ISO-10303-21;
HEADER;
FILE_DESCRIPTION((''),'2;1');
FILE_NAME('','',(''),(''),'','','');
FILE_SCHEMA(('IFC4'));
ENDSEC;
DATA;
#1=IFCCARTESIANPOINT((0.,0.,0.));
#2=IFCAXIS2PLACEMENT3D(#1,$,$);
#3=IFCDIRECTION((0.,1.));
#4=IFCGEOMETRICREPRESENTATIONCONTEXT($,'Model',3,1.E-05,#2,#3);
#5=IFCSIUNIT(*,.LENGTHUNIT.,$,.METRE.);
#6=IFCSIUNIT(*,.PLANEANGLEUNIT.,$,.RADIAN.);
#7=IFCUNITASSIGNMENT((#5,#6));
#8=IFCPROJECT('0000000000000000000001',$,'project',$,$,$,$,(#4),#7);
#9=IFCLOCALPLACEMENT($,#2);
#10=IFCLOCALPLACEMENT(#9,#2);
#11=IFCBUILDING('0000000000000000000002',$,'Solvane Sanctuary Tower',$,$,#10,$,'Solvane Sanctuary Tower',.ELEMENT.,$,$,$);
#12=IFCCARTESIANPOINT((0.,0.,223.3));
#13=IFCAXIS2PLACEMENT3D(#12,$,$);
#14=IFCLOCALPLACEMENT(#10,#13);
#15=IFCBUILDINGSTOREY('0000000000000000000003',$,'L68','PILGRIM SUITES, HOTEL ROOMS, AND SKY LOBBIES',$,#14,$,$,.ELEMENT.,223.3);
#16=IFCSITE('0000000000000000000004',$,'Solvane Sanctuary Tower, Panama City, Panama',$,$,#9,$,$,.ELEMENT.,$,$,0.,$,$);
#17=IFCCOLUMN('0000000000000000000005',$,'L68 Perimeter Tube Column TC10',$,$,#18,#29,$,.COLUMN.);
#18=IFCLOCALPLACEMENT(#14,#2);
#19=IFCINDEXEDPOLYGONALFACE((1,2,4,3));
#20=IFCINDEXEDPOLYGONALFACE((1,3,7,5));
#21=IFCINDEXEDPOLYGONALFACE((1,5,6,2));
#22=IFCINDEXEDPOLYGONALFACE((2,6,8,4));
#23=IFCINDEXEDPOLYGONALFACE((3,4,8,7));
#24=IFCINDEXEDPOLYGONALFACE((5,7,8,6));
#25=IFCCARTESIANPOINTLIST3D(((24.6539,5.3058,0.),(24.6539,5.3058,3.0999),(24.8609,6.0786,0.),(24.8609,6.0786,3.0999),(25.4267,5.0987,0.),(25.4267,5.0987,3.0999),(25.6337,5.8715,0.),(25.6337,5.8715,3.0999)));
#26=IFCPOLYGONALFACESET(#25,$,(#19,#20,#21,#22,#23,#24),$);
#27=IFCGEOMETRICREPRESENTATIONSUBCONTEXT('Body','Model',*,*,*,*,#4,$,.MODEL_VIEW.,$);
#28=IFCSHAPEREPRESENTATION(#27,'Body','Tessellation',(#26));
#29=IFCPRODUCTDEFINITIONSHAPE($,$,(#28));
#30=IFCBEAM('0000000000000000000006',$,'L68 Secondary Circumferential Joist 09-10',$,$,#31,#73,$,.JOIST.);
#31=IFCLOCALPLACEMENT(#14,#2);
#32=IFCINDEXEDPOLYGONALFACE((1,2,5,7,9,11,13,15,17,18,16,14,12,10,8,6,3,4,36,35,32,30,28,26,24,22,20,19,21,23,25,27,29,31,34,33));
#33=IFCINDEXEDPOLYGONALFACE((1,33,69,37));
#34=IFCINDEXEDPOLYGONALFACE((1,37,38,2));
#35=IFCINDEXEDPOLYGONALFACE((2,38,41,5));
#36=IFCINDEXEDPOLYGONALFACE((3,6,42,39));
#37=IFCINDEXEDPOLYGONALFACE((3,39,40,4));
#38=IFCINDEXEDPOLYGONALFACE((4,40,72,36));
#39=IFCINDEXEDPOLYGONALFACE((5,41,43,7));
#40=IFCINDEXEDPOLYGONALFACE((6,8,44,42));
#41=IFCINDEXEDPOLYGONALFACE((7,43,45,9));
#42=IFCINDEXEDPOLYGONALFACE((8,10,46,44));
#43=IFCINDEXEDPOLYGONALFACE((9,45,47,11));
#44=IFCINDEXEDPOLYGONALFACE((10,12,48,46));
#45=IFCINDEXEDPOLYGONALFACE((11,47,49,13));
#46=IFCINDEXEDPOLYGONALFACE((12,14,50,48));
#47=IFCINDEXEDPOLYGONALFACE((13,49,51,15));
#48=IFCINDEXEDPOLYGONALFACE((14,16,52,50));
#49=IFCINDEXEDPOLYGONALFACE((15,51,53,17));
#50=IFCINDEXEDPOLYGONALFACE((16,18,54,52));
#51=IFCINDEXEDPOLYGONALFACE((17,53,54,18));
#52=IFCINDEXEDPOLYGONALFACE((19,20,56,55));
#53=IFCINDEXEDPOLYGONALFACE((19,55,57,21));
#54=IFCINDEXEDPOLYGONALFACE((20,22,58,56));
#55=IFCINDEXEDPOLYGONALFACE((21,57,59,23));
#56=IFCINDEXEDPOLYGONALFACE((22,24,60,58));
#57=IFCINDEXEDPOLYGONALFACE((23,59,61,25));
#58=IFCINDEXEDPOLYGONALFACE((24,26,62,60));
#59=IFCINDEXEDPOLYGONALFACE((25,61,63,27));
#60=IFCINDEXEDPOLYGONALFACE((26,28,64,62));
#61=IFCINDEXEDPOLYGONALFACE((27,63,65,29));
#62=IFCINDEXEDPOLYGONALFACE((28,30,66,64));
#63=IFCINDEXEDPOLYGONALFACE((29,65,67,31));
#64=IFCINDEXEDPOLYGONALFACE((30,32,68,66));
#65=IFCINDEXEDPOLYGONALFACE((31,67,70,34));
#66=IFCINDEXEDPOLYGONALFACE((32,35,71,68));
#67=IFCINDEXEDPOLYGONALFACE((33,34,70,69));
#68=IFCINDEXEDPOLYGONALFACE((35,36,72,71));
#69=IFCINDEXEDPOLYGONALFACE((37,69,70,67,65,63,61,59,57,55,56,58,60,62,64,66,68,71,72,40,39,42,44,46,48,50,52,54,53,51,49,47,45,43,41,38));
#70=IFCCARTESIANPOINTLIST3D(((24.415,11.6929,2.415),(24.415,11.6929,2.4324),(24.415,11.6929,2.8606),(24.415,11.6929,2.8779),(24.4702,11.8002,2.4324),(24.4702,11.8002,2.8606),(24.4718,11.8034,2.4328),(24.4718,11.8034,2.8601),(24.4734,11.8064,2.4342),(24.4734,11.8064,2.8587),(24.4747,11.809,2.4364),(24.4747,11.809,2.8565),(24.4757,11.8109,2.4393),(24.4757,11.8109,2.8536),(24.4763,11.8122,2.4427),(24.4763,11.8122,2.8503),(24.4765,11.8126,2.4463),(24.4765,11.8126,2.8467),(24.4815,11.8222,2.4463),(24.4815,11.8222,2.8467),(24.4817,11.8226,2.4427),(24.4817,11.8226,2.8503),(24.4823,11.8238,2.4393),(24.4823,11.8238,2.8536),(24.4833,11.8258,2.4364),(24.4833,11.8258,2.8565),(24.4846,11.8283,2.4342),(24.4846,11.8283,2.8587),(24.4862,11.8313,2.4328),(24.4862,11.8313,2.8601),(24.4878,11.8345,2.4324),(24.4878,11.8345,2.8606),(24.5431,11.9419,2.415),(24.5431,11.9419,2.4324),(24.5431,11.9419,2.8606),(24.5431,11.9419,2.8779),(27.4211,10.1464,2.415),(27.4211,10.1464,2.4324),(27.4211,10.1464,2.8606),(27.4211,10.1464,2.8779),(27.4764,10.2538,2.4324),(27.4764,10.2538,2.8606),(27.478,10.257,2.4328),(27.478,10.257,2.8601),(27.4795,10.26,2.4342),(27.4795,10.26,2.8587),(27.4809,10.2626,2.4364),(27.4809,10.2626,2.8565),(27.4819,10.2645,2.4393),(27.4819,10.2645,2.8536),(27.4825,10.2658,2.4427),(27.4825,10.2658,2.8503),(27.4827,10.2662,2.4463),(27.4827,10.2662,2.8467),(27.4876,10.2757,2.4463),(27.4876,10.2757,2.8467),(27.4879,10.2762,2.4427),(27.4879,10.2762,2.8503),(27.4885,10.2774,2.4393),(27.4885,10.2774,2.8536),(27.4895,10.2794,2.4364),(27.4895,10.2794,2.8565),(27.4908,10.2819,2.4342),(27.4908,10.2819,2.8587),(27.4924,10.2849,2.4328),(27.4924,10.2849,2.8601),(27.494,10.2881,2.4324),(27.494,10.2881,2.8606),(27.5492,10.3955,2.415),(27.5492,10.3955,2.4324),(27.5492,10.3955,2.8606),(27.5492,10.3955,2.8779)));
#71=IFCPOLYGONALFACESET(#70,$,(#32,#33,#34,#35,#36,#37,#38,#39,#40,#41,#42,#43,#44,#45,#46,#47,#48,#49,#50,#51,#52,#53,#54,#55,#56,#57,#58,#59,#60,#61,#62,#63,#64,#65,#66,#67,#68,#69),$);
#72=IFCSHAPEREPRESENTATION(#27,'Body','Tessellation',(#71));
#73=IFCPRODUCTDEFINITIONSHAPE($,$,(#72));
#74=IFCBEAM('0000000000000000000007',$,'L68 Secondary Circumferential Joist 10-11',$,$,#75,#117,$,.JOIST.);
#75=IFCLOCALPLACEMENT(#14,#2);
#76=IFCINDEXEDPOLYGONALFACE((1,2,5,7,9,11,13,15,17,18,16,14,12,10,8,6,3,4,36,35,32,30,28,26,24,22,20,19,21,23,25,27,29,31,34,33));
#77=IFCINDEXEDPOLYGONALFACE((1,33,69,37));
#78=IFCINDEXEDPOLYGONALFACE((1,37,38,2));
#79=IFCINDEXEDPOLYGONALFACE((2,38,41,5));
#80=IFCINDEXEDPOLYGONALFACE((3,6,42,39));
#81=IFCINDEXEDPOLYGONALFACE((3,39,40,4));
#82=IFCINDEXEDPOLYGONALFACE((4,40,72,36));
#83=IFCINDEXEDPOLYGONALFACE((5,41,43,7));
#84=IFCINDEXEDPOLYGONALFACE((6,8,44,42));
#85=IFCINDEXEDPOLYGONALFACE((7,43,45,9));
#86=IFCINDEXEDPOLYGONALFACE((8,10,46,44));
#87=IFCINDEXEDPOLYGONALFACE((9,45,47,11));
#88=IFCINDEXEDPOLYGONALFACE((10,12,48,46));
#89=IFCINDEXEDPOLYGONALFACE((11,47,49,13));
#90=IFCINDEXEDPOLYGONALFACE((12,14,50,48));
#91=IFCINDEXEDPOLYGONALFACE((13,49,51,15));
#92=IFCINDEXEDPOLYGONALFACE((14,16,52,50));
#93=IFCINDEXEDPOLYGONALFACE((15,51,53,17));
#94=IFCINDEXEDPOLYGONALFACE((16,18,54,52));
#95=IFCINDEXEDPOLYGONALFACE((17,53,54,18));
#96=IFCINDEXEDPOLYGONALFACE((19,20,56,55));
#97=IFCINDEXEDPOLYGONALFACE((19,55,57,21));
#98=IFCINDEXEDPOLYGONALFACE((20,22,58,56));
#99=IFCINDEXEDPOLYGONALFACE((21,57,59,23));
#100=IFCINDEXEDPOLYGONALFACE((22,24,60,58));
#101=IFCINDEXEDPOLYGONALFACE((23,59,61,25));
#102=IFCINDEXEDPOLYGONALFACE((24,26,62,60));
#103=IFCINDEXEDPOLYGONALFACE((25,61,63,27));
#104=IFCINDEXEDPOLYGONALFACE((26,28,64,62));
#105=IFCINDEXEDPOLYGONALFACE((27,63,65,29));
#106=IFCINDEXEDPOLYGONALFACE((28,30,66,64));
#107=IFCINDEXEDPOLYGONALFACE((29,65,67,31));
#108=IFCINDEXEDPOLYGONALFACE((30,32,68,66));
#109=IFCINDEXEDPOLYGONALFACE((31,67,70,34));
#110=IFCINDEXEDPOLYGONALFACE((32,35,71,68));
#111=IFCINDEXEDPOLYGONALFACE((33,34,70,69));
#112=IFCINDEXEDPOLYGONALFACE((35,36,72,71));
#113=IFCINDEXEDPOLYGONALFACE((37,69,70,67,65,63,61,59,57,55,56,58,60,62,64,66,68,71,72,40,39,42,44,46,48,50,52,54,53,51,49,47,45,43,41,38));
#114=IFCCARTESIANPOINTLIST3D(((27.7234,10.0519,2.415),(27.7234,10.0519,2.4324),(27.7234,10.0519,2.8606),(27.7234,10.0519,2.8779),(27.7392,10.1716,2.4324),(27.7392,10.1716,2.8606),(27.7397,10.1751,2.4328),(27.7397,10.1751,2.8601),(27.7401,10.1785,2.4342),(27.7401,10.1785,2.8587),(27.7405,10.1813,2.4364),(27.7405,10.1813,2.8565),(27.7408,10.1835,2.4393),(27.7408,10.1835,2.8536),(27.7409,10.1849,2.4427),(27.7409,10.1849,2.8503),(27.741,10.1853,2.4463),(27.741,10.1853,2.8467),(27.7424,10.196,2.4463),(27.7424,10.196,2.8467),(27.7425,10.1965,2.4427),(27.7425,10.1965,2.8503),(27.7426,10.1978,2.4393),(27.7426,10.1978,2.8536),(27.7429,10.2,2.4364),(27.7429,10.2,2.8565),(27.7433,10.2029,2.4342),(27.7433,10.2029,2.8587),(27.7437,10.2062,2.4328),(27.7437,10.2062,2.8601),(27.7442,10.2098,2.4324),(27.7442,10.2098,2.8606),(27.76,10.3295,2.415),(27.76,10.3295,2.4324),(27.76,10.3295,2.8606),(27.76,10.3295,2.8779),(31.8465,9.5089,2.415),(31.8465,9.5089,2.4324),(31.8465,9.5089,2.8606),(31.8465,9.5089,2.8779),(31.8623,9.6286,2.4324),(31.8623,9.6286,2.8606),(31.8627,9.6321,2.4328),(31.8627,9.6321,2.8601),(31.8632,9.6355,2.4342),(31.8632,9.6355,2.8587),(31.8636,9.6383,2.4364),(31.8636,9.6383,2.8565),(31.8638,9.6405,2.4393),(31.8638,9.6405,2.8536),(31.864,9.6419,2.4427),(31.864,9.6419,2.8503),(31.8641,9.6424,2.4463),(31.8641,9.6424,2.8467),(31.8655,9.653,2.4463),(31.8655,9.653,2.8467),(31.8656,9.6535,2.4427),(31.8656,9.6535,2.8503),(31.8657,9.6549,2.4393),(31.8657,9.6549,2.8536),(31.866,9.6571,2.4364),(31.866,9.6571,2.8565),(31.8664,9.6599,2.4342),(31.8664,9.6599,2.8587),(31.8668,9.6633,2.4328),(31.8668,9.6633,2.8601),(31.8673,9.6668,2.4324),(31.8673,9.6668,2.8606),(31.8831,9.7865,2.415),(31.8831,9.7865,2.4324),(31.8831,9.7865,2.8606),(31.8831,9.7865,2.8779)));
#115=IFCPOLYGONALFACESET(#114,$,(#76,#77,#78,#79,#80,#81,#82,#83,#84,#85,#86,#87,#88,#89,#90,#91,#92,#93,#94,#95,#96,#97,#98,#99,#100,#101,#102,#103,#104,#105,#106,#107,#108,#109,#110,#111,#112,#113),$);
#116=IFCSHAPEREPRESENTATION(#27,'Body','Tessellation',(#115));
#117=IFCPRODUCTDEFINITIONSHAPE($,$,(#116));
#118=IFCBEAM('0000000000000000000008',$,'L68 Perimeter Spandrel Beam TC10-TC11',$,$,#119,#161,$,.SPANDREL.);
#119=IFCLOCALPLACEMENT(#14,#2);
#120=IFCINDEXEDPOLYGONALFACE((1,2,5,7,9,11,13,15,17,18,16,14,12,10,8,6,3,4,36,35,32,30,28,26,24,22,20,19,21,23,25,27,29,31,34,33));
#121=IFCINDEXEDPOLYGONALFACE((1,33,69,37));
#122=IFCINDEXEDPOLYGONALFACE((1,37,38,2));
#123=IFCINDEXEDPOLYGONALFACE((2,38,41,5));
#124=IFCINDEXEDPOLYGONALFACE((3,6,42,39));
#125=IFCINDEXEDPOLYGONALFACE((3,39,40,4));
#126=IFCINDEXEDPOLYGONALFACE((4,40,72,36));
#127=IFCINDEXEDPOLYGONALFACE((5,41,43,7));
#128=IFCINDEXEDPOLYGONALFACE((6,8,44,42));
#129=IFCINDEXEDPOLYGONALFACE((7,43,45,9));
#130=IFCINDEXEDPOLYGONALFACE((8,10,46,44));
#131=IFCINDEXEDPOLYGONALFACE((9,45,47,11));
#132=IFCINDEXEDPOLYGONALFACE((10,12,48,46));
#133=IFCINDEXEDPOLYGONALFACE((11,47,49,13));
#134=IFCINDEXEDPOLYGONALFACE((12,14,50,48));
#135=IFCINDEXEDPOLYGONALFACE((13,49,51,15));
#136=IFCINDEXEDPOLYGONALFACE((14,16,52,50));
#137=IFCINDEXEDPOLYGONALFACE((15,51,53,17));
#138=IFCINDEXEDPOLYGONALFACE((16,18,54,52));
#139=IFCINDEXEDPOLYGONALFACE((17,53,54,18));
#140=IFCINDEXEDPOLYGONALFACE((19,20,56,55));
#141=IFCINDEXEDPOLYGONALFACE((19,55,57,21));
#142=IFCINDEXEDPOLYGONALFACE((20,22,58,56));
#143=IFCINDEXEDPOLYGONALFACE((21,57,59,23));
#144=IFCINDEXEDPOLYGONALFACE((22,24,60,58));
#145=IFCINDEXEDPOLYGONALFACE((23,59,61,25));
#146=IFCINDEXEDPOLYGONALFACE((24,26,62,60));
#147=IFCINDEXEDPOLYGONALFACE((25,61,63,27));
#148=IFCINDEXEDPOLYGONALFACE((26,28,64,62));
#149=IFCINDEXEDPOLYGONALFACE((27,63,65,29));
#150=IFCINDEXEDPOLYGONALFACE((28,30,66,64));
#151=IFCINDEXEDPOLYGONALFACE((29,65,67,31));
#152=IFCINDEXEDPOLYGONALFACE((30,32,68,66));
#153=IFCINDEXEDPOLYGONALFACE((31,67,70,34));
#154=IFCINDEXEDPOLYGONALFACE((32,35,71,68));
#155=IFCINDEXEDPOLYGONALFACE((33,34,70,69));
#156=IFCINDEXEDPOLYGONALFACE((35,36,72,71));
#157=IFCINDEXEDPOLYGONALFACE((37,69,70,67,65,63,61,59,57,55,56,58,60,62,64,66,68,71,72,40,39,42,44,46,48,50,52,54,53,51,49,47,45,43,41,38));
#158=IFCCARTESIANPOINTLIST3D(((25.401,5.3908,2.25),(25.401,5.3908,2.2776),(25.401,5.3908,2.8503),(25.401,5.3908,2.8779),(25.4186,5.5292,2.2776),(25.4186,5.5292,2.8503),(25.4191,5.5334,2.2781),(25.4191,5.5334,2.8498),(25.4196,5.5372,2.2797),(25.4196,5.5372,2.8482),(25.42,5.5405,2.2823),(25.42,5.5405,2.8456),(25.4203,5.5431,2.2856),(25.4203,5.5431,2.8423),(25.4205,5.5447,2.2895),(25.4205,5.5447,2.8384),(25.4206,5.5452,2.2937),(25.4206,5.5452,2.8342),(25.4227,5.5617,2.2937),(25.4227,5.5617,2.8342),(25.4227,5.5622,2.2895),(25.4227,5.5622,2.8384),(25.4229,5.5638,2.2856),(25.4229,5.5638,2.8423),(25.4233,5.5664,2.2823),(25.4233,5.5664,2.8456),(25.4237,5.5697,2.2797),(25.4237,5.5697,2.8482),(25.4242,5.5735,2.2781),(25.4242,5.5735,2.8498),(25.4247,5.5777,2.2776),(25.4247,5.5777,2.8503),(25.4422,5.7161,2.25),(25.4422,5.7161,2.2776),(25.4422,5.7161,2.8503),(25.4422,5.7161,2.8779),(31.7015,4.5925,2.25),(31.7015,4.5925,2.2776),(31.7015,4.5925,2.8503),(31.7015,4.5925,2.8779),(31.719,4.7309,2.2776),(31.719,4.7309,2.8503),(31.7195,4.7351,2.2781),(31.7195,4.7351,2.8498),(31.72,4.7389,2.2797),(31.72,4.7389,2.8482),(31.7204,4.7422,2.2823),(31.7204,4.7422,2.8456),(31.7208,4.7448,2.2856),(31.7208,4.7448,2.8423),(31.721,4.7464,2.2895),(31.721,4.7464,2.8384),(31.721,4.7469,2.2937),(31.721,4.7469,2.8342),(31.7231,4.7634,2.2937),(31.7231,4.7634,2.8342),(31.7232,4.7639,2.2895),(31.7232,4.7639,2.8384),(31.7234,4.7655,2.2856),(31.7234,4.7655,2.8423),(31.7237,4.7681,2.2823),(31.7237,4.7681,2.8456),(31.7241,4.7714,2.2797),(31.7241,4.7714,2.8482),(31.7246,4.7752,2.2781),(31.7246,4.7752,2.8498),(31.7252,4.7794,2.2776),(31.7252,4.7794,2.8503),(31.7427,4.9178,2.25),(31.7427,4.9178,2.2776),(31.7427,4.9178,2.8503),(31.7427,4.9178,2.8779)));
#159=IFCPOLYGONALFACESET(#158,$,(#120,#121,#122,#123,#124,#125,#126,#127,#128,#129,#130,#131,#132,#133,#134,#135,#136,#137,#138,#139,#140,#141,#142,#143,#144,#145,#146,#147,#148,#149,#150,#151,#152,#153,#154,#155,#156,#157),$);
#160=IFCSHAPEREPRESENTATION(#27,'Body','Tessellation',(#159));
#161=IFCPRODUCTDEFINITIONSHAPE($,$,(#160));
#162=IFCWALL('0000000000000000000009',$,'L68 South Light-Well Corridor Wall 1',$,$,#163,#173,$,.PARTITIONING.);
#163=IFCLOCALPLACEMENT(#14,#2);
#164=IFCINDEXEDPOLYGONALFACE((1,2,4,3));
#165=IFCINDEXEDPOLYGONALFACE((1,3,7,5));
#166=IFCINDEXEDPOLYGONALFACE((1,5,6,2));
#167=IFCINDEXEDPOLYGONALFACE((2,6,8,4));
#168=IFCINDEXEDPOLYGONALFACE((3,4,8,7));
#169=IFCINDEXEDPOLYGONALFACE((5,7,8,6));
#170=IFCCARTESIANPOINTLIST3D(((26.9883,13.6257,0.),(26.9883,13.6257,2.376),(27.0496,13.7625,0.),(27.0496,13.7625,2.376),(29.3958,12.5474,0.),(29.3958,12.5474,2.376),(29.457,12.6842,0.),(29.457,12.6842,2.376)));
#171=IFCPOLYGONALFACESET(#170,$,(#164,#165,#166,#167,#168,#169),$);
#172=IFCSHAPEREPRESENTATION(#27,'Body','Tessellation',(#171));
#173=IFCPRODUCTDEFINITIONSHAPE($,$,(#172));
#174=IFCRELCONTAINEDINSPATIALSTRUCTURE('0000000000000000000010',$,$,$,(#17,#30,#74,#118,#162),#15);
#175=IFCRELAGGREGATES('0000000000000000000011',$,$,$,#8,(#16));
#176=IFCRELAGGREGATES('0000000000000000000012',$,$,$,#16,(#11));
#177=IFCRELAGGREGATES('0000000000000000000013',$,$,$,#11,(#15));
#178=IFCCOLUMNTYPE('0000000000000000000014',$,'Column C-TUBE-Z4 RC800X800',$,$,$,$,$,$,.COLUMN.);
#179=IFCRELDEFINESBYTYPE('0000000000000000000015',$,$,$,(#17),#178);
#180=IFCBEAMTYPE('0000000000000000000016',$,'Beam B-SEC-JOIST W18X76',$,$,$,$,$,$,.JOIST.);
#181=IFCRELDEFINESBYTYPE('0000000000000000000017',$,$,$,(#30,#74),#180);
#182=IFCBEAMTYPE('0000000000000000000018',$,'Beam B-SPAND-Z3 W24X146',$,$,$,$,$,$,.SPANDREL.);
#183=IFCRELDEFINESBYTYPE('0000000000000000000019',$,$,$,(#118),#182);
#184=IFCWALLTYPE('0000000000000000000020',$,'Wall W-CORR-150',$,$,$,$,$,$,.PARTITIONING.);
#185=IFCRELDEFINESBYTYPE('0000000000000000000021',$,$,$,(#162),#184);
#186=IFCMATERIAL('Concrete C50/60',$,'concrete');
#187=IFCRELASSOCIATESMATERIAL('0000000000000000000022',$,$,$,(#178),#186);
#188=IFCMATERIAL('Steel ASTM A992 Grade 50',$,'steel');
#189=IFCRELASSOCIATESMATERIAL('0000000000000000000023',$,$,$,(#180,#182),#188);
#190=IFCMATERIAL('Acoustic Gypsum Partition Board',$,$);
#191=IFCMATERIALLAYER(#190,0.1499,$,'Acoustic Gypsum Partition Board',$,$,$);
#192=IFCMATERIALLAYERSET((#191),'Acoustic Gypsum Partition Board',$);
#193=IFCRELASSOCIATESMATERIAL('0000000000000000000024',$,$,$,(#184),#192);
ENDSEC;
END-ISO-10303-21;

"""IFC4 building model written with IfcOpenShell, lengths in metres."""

from ifc_helpers import new_model, si_unit, direction, frame, frame_2d, origin, origin_2d, place, context, subcontext, project, spatial, rectangle, i_section, extrude, material, layer, layer_set, material_profile, profile_set, type_object, element, save


model = new_model("IFC4")

# Units and contexts
model_context = context("Model", 3, precision=1e-05, world=origin(), true_north=direction((0.0, 1.0)))
body_context = subcontext(model_context, "Body", "Model", "MODEL_VIEW")
ifc_project = project(units=[si_unit("LENGTHUNIT", "METRE"), si_unit("PLANEANGLEUNIT", "RADIAN")], contexts=[model_context])

# Site, building, storey
site_placement = place(None, origin())
site = spatial("IfcSite", under=ifc_project, at=site_placement, Name="Solvane Sanctuary Tower, Panama City, Panama", CompositionType="ELEMENT", RefElevation=0.0)
building_placement = place(site_placement, origin())
building = spatial("IfcBuilding", under=site, at=building_placement, Name="Solvane Sanctuary Tower", LongName="Solvane Sanctuary Tower", CompositionType="ELEMENT")
storey_placement = place(building_placement, frame((0.0, 0.0, 223.3)))
storey = spatial("IfcBuildingStorey", under=building, at=storey_placement, Name="L68", Description="PILGRIM SUITES, HOTEL ROOMS, AND SKY LOBBIES", CompositionType="ELEMENT", Elevation=223.3)

# Column
ifc_material_1 = material(Name="Concrete C50/60", Category="concrete")
ifc_material_profile_1 = material_profile(ifc_material_1, rectangle(XDim=0.8, YDim=0.8, at=origin_2d()), Name="RC800X800")
ifc_profile_set_1 = profile_set([ifc_material_profile_1], Name="Concrete C50/60")
column_type = type_object("IfcColumnType", Name="Column C-TUBE-Z4 RC800X800", PredefinedType="COLUMN", material=ifc_profile_set_1)
column_placement = place(storey_placement, frame((25.1438, 5.5886, 0.0), z_axis=(0.0, 0.0, 1.0), x_axis=(-0.258819, -0.965926, 0.0)))
element("IfcColumn", 1, at=column_placement, inside=storey, type_object=column_type, Name="L68 Perimeter Tube Column TC10", PredefinedType="COLUMN", context=body_context, shape_type="SweptSolid", body=[
    extrude(rectangle(XDim=0.8, YDim=0.8, at=origin_2d()), origin(), (0.0, 0.0, 1.0), 3.0999),
])

# Beams
ifc_material_2 = material(Name="Steel ASTM A992 Grade 50", Category="steel")
ifc_material_profile_2 = material_profile(ifc_material_2, i_section(OverallWidth=0.28, OverallDepth=0.4629, WebThickness=0.0107, FlangeThickness=0.0173, FilletRadius=0.0139, at=origin_2d()), Name="W18X76")
ifc_profile_set_2 = profile_set([ifc_material_profile_2], Name="Steel ASTM A992 Grade 50")
beam_type_1 = type_object("IfcBeamType", Name="Beam B-SEC-JOIST W18X76", PredefinedType="JOIST", material=ifc_profile_set_2)
beam_1_placement = place(storey_placement, frame((24.479, 11.8174, 2.6465), z_axis=(0.889241, -0.457439, 0.0), x_axis=(0.457439, 0.889241, 0.0)))
element("IfcBeam", 2, at=beam_1_placement, inside=storey, type_object=beam_type_1, Name="L68 Secondary Circumferential Joist 09-10", PredefinedType="JOIST", context=body_context, shape_type="SweptSolid", body=[
    extrude(i_section(OverallWidth=0.28, OverallDepth=0.4629, WebThickness=0.0107, FlangeThickness=0.0173, FilletRadius=0.0139, at=origin_2d()), origin(), (0.0, 0.0, 1.0), 3.3806),
])
beam_2_placement = place(storey_placement, frame((27.7417, 10.1907, 2.6465), z_axis=(0.99144, -0.130564, 0.0), x_axis=(0.130564, 0.99144, 0.0)))
element("IfcBeam", 3, at=beam_2_placement, inside=storey, type_object=beam_type_1, Name="L68 Secondary Circumferential Joist 10-11", PredefinedType="JOIST", context=body_context, shape_type="SweptSolid", body=[
    extrude(i_section(OverallWidth=0.28, OverallDepth=0.4629, WebThickness=0.0107, FlangeThickness=0.0173, FilletRadius=0.0139, at=origin_2d()), origin(), (0.0, 0.0, 1.0), 4.1587),
])
ifc_material_profile_3 = material_profile(ifc_material_2, i_section(OverallWidth=0.3279, OverallDepth=0.6279, WebThickness=0.0166, FlangeThickness=0.0276, FilletRadius=0.0161, at=origin_2d()), Name="W24X146")
ifc_profile_set_3 = profile_set([ifc_material_profile_3], Name="Steel ASTM A992 Grade 50")
beam_type_2 = type_object("IfcBeamType", Name="Beam B-SPAND-Z3 W24X146", PredefinedType="SPANDREL", material=ifc_profile_set_3)
beam_3_placement = place(storey_placement, frame((25.4216, 5.5535, 2.564), z_axis=(0.992068, -0.125705, 0.0), x_axis=(0.125705, 0.992068, 0.0)))
element("IfcBeam", 4, at=beam_3_placement, inside=storey, type_object=beam_type_2, Name="L68 Perimeter Spandrel Beam TC10-TC11", PredefinedType="SPANDREL", context=body_context, shape_type="SweptSolid", body=[
    extrude(i_section(OverallWidth=0.3279, OverallDepth=0.6279, WebThickness=0.0166, FlangeThickness=0.0276, FilletRadius=0.0161, at=origin_2d()), origin(), (0.0, 0.0, 1.0), 6.3508),
])

# Wall
ifc_material_3 = material(Name="Acoustic Gypsum Partition Board")
ifc_layer_1 = layer(ifc_material_3, 0.1499, Name="Acoustic Gypsum Partition Board")
ifc_layer_set_1 = layer_set([ifc_layer_1], Name="Acoustic Gypsum Partition Board")
wall_type_1 = type_object("IfcWallType", Name="Wall W-CORR-150", PredefinedType="PARTITIONING", material=ifc_layer_set_1)
wall_1_placement = place(storey_placement, frame((27.019, 13.6941, 0.0), z_axis=(0.0, 0.0, 1.0), x_axis=(0.912628, -0.40879, 0.0)))
element("IfcWall", 5, at=wall_1_placement, inside=storey, type_object=wall_type_1, Name="L68 South Light-Well Corridor Wall 1", PredefinedType="PARTITIONING", context=body_context, shape_type="SweptSolid", body=[
    extrude(rectangle(XDim=2.6379, YDim=0.1499, at=frame_2d((1.3188, 0.0))), origin(), (0.0, 0.0, 1.0), 2.376),
])

save(model, "model.ifc")
